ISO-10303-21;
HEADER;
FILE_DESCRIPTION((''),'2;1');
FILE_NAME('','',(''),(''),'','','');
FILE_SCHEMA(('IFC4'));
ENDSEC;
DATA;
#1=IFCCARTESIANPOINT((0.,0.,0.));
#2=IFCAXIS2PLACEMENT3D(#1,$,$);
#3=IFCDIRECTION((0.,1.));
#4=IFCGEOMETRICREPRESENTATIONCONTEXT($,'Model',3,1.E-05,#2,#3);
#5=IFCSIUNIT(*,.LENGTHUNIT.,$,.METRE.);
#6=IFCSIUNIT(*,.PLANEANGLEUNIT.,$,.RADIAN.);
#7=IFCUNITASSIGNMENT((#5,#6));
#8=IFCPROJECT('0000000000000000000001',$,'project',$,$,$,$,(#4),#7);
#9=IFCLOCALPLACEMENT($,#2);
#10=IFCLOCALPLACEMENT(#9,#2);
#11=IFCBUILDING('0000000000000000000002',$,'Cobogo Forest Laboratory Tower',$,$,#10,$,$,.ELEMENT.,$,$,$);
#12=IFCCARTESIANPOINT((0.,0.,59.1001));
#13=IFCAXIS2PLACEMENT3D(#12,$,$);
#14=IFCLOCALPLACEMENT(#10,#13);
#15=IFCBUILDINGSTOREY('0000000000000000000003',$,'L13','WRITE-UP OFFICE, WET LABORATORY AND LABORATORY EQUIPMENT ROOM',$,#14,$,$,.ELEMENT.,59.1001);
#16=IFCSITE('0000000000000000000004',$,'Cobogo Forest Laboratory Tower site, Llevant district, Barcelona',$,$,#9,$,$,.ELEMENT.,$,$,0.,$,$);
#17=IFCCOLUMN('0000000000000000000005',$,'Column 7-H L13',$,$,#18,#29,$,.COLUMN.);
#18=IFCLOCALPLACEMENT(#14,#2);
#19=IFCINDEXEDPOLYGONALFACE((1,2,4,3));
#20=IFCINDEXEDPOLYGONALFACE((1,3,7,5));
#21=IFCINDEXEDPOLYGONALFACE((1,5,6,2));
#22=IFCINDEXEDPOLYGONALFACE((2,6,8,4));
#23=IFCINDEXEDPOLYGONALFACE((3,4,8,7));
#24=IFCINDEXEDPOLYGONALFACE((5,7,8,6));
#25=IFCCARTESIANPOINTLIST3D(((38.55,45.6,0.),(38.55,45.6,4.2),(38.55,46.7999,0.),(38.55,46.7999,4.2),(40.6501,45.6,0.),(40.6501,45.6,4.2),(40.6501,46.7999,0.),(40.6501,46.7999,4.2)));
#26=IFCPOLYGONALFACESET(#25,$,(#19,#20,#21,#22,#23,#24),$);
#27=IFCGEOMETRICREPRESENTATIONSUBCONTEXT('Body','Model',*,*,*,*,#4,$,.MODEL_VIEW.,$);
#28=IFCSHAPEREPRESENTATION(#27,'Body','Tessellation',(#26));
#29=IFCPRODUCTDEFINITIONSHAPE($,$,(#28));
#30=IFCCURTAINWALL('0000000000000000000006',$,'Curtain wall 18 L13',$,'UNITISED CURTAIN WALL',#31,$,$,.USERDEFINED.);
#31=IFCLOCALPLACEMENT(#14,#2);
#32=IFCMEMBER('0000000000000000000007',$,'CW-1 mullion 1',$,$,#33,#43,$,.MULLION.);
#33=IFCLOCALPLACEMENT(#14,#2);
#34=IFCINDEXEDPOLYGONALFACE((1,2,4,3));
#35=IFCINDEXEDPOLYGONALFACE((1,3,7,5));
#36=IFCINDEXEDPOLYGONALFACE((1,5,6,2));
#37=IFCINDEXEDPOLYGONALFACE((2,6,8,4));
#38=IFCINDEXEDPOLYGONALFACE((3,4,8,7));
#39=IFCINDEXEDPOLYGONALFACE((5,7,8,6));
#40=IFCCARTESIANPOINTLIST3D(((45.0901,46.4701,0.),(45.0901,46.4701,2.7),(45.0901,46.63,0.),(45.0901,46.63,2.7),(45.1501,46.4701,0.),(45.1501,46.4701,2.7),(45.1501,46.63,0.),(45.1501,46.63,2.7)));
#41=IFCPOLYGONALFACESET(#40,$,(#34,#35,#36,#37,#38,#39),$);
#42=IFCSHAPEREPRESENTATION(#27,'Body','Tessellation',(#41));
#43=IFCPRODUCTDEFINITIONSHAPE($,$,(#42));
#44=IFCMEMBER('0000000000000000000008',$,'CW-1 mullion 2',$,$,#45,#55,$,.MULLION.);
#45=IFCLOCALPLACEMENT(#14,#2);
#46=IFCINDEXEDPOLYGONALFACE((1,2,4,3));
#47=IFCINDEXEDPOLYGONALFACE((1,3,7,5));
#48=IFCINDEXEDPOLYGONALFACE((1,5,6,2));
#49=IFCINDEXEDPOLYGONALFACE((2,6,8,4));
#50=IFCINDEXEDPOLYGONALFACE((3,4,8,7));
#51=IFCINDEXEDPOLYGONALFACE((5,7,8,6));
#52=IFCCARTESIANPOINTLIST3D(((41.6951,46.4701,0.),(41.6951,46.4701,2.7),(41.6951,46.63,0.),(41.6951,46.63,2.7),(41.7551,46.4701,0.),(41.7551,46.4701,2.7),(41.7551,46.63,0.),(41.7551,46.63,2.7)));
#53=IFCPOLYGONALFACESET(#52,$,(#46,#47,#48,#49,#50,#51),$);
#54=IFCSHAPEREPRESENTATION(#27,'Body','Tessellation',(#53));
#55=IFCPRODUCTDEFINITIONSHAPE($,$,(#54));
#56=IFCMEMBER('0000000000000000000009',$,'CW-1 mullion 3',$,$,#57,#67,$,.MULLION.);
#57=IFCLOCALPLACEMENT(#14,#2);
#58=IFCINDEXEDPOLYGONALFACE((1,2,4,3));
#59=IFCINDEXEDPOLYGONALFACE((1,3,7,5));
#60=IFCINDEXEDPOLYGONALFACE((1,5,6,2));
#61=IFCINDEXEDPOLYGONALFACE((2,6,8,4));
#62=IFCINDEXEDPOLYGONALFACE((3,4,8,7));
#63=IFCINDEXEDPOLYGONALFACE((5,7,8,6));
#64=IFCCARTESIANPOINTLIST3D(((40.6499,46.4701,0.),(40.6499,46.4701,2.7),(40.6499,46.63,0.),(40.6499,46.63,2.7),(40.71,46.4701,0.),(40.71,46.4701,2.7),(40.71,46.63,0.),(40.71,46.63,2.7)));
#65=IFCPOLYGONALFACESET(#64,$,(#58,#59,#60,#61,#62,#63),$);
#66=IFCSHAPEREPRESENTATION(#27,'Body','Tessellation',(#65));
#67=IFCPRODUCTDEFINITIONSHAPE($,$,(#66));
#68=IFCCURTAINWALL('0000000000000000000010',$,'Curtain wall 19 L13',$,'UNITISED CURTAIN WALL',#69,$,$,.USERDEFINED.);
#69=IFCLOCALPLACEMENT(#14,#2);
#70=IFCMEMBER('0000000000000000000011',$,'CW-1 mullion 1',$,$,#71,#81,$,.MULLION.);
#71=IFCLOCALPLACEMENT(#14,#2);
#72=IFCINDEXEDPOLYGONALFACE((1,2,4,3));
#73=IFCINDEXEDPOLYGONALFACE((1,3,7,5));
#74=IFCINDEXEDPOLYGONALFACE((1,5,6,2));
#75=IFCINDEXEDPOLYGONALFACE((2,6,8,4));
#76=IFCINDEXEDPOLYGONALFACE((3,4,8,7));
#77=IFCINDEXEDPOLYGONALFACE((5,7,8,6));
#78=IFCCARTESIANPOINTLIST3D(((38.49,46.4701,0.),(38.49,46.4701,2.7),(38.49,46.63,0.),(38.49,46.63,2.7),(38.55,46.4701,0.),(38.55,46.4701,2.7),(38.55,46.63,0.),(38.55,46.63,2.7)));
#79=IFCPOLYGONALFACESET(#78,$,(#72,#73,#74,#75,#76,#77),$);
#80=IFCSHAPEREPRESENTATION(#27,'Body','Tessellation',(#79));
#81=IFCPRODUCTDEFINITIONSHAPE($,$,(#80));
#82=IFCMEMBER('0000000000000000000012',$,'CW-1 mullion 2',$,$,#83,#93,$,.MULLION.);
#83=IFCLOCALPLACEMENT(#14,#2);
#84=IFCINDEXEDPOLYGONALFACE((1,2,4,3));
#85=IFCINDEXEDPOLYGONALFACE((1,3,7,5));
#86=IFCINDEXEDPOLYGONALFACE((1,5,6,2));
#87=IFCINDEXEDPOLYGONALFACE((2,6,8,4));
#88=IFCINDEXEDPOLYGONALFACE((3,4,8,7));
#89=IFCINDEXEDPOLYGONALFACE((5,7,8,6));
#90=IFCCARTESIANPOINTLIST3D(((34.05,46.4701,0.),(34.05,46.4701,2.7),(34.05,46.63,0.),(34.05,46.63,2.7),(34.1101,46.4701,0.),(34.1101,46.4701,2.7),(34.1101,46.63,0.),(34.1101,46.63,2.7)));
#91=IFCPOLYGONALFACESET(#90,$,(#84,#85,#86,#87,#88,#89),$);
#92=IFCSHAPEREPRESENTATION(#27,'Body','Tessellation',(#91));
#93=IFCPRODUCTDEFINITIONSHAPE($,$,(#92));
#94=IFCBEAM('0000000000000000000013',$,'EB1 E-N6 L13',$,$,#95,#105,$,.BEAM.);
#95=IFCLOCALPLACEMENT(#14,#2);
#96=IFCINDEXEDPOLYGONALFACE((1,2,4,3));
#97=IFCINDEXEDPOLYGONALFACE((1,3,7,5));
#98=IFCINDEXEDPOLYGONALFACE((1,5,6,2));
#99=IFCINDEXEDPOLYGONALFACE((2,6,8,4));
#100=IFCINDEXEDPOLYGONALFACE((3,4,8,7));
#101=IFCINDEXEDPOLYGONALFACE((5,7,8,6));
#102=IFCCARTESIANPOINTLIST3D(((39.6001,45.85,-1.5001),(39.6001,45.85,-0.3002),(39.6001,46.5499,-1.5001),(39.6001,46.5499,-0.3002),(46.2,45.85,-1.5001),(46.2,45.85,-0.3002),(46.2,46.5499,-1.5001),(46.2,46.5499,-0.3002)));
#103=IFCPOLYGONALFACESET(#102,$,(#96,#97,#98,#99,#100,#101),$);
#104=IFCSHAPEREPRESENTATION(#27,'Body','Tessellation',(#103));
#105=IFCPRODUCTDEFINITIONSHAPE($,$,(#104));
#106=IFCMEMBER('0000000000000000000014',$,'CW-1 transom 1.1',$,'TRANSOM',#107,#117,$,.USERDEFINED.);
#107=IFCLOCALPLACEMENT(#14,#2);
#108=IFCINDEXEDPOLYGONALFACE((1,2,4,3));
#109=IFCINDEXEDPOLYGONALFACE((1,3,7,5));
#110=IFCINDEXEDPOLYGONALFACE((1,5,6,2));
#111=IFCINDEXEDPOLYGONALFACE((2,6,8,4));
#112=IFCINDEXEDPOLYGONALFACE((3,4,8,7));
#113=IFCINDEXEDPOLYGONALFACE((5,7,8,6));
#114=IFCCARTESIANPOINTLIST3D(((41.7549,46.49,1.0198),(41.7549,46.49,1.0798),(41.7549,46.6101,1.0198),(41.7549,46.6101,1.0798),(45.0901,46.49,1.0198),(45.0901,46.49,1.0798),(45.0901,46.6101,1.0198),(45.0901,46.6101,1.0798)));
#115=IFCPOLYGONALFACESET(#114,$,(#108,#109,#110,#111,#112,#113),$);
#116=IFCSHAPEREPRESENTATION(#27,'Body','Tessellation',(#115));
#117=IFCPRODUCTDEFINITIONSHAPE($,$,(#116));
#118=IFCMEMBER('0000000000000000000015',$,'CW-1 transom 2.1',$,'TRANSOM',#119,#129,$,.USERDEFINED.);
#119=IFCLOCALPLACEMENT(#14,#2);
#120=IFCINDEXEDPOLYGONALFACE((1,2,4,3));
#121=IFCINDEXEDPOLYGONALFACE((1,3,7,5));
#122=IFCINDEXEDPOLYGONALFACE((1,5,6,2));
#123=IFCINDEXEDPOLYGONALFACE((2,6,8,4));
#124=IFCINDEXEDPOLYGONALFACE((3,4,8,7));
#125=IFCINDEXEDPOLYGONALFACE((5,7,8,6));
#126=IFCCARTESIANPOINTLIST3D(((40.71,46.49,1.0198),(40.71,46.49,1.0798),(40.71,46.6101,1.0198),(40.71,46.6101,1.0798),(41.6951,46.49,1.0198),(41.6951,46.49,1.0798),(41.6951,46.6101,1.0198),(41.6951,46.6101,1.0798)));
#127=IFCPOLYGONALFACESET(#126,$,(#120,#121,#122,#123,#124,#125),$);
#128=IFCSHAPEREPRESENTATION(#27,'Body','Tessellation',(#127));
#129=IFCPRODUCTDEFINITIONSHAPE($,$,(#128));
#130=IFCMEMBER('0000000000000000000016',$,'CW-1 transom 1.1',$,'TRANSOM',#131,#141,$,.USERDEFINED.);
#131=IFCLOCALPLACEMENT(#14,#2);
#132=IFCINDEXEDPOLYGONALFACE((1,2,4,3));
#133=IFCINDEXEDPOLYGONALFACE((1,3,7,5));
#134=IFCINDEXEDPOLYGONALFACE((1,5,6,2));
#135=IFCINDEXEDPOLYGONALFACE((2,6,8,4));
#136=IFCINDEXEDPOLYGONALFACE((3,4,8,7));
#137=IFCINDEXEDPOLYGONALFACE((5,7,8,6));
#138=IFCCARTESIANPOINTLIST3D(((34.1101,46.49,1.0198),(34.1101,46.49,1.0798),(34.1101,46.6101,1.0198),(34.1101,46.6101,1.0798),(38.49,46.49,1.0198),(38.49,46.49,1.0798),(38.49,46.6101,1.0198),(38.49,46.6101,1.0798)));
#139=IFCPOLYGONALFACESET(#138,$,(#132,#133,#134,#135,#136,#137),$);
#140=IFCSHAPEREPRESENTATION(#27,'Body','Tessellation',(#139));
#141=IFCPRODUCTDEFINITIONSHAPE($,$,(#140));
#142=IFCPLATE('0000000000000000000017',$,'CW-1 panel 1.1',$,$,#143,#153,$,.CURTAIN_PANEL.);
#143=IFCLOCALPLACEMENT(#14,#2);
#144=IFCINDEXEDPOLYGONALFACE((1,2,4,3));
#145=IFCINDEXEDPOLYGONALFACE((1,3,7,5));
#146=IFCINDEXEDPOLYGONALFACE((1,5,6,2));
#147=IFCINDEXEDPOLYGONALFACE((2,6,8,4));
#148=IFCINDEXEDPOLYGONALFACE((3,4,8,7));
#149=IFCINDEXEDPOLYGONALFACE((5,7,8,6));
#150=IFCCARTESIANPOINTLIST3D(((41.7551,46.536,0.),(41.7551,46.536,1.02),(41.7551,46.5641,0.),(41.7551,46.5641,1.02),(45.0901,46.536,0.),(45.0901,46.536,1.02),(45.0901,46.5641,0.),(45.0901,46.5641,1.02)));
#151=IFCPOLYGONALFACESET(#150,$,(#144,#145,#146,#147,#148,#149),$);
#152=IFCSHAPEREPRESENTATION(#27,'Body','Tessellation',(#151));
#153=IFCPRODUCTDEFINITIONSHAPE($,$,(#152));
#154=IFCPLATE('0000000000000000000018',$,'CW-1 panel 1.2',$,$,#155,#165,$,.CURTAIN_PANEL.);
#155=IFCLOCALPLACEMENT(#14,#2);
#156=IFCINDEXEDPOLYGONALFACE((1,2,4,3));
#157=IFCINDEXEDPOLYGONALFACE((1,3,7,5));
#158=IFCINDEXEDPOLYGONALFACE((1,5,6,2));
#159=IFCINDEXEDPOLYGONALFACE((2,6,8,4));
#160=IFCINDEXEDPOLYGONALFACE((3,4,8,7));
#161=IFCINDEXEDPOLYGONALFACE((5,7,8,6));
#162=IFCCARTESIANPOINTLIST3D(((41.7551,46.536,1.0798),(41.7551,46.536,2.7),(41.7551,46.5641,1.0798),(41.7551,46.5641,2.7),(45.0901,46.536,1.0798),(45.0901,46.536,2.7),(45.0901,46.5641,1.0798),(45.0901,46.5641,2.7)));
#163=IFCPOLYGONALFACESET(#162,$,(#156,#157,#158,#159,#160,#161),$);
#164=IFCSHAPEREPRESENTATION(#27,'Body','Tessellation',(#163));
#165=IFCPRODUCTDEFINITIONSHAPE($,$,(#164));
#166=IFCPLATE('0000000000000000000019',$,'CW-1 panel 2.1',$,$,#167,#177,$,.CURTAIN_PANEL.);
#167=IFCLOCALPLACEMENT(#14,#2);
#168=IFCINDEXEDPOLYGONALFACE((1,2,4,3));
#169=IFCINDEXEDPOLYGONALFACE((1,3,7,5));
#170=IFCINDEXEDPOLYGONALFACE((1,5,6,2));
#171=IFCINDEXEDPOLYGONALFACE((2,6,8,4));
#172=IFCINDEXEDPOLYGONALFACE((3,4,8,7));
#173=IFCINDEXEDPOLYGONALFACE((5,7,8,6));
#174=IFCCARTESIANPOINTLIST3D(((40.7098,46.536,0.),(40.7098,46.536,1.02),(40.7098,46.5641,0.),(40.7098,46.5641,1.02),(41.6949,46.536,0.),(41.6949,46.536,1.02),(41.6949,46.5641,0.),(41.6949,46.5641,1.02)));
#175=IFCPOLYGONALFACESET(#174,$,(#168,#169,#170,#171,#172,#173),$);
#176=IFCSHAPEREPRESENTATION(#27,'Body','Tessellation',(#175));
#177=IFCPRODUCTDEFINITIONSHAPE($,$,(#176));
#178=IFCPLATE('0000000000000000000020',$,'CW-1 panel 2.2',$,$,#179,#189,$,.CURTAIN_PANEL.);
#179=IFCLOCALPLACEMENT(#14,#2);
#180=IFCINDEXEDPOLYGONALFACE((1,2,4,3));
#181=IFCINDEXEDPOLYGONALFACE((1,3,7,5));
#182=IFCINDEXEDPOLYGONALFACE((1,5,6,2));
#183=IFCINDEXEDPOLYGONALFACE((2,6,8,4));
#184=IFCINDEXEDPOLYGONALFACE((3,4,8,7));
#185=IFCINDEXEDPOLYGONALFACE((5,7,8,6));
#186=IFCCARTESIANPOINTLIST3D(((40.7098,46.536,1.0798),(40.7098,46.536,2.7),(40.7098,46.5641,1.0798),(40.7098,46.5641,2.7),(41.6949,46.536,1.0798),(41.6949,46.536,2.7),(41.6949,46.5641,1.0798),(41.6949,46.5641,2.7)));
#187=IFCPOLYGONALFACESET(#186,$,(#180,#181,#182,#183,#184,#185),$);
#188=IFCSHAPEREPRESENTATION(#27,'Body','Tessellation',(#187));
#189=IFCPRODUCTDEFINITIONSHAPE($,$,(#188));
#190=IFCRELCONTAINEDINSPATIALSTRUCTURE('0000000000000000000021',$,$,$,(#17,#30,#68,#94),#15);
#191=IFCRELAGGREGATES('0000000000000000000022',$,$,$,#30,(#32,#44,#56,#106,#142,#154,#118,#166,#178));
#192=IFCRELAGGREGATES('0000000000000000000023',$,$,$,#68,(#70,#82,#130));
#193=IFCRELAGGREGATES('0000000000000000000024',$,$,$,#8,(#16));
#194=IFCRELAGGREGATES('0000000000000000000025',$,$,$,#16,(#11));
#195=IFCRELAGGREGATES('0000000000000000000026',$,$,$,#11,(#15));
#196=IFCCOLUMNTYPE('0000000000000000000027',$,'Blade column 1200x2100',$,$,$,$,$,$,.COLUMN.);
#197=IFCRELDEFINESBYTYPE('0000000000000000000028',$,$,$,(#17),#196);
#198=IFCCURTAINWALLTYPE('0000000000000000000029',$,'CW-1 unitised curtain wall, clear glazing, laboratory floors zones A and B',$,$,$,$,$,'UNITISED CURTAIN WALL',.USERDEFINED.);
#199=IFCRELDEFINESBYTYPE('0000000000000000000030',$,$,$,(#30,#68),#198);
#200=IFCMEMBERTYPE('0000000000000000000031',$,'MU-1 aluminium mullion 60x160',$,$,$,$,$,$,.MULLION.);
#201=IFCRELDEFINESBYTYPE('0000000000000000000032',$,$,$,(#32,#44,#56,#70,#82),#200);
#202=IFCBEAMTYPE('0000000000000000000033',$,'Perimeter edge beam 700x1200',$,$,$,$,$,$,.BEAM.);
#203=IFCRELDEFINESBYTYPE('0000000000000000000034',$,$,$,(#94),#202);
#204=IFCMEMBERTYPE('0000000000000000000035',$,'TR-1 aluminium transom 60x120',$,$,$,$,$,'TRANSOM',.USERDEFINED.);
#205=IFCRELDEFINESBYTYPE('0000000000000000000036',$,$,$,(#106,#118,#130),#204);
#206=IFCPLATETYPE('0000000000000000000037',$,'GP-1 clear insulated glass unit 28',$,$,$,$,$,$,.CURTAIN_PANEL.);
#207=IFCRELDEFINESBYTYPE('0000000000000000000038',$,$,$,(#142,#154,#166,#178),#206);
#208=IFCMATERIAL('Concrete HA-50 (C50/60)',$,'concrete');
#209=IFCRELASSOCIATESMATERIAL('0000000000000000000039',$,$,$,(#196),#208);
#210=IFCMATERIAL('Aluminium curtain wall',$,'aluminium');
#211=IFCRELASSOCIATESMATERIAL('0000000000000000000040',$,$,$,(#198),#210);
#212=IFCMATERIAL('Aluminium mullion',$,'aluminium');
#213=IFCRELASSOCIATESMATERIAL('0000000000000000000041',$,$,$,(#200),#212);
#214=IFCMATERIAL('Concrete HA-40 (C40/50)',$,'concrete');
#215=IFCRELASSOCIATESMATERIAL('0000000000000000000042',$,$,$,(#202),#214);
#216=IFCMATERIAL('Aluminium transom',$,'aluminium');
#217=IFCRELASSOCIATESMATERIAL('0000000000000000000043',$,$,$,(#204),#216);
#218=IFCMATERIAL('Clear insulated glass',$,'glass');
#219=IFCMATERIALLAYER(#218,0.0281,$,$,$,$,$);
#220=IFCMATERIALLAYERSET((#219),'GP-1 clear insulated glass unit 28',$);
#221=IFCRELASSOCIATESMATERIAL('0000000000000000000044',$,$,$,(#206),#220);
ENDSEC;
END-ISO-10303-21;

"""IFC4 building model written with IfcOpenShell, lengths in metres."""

from ifc_helpers import new_model, si_unit, direction, frame, origin, origin_2d, place, context, subcontext, project, spatial, rectangle, extrude, material, layer, layer_set, material_profile, profile_set, type_object, element, aggregate, save


model = new_model("IFC4")

# Units and contexts
model_context = context("Model", 3, precision=1e-05, world=origin(), true_north=direction((0.0, 1.0)))
body_context = subcontext(model_context, "Body", "Model", "MODEL_VIEW")
ifc_project = project(units=[si_unit("LENGTHUNIT", "METRE"), si_unit("PLANEANGLEUNIT", "RADIAN")], contexts=[model_context])

# Site, building, storey
site_placement = place(None, origin())
site = spatial("IfcSite", under=ifc_project, at=site_placement, Name="Cobogo Forest Laboratory Tower site, Llevant district, Barcelona", CompositionType="ELEMENT", RefElevation=0.0)
building_placement = place(site_placement, origin())
building = spatial("IfcBuilding", under=site, at=building_placement, Name="Cobogo Forest Laboratory Tower", CompositionType="ELEMENT")
storey_placement = place(building_placement, frame((0.0, 0.0, 59.1001)))
storey = spatial("IfcBuildingStorey", under=building, at=storey_placement, Name="L13", Description="WRITE-UP OFFICE, WET LABORATORY AND LABORATORY EQUIPMENT ROOM", CompositionType="ELEMENT", Elevation=59.1001)

# Column
ifc_material_1 = material(Name="Concrete HA-50 (C50/60)", Category="concrete")
ifc_material_profile_1 = material_profile(ifc_material_1, rectangle(XDim=2.1001, YDim=1.2, at=origin_2d()), Name="RC 1200x2100")
ifc_profile_set_1 = profile_set([ifc_material_profile_1], Name="Concrete HA-50 (C50/60)")
column_type = type_object("IfcColumnType", Name="Blade column 1200x2100", PredefinedType="COLUMN", material=ifc_profile_set_1)
column_placement = place(storey_placement, frame((39.6001, 46.2, 0.0), z_axis=(0.0, 0.0, 1.0), x_axis=(1.0, 0.0, 0.0)))
element("IfcColumn", 1, at=column_placement, inside=storey, type_object=column_type, Name="Column 7-H L13", PredefinedType="COLUMN", context=body_context, shape_type="SweptSolid", body=[
    extrude(rectangle(XDim=2.1001, YDim=1.2, at=origin_2d()), origin(), (0.0, 0.0, 1.0), 4.2),
])

# Curtain walls, members
ifc_material_2 = material(Name="Aluminium curtain wall", Category="aluminium")
curtain_wall_type = type_object("IfcCurtainWallType", Name="CW-1 unitised curtain wall, clear glazing, laboratory floors zones A and B", ElementType="UNITISED CURTAIN WALL", PredefinedType="USERDEFINED", material=ifc_material_2)
curtain_wall_1_placement = place(storey_placement, origin())
curtain_wall_1 = element("IfcCurtainWall", 2, at=curtain_wall_1_placement, inside=storey, type_object=curtain_wall_type, Name="Curtain wall 18 L13", ObjectType="UNITISED CURTAIN WALL", PredefinedType="USERDEFINED")
ifc_material_3 = material(Name="Aluminium mullion", Category="aluminium")
ifc_material_profile_2 = material_profile(ifc_material_3, rectangle(XDim=0.0601, YDim=0.1599, at=origin_2d()), Name="AL 60x160")
ifc_profile_set_2 = profile_set([ifc_material_profile_2], Name="Aluminium mullion")
member_type_1 = type_object("IfcMemberType", Name="MU-1 aluminium mullion 60x160", PredefinedType="MULLION", material=ifc_profile_set_2)
member_1_placement = place(storey_placement, frame((45.1201, 46.55, 0.0), z_axis=(0.0, 0.0, 1.0), x_axis=(-1.0, 0.0, 0.0)))
member_1 = element("IfcMember", 3, at=member_1_placement, type_object=member_type_1, Name="CW-1 mullion 1", PredefinedType="MULLION", context=body_context, shape_type="SweptSolid", body=[
    extrude(rectangle(XDim=0.0601, YDim=0.1599, at=origin_2d()), origin(), (0.0, 0.0, 1.0), 2.7),
])
member_2_placement = place(storey_placement, frame((41.7251, 46.55, 0.0), z_axis=(0.0, 0.0, 1.0), x_axis=(-1.0, 0.0, 0.0)))
member_2 = element("IfcMember", 4, at=member_2_placement, type_object=member_type_1, Name="CW-1 mullion 2", PredefinedType="MULLION", context=body_context, shape_type="SweptSolid", body=[
    extrude(rectangle(XDim=0.0601, YDim=0.1599, at=origin_2d()), origin(), (0.0, 0.0, 1.0), 2.7),
])
member_3_placement = place(storey_placement, frame((40.6799, 46.55, 0.0), z_axis=(0.0, 0.0, 1.0), x_axis=(-1.0, 0.0, 0.0)))
member_3 = element("IfcMember", 5, at=member_3_placement, type_object=member_type_1, Name="CW-1 mullion 3", PredefinedType="MULLION", context=body_context, shape_type="SweptSolid", body=[
    extrude(rectangle(XDim=0.0601, YDim=0.1599, at=origin_2d()), origin(), (0.0, 0.0, 1.0), 2.7),
])
curtain_wall_2_placement = place(storey_placement, origin())
curtain_wall_2 = element("IfcCurtainWall", 6, at=curtain_wall_2_placement, inside=storey, type_object=curtain_wall_type, Name="Curtain wall 19 L13", ObjectType="UNITISED CURTAIN WALL", PredefinedType="USERDEFINED")
member_4_placement = place(storey_placement, frame((38.52, 46.55, 0.0), z_axis=(0.0, 0.0, 1.0), x_axis=(-1.0, 0.0, 0.0)))
member_4 = element("IfcMember", 7, at=member_4_placement, type_object=member_type_1, Name="CW-1 mullion 1", PredefinedType="MULLION", context=body_context, shape_type="SweptSolid", body=[
    extrude(rectangle(XDim=0.0601, YDim=0.1599, at=origin_2d()), origin(), (0.0, 0.0, 1.0), 2.7),
])
member_5_placement = place(storey_placement, frame((34.0801, 46.55, 0.0), z_axis=(0.0, 0.0, 1.0), x_axis=(-1.0, 0.0, 0.0)))
member_5 = element("IfcMember", 8, at=member_5_placement, type_object=member_type_1, Name="CW-1 mullion 2", PredefinedType="MULLION", context=body_context, shape_type="SweptSolid", body=[
    extrude(rectangle(XDim=0.0601, YDim=0.1599, at=origin_2d()), origin(), (0.0, 0.0, 1.0), 2.7),
])

# Beam
ifc_material_4 = material(Name="Concrete HA-40 (C40/50)", Category="concrete")
ifc_material_profile_3 = material_profile(ifc_material_4, rectangle(XDim=0.7, YDim=1.2, at=origin_2d()), Name="RC 700x1200")
ifc_profile_set_3 = profile_set([ifc_material_profile_3], Name="Concrete HA-40 (C40/50)")
beam_type = type_object("IfcBeamType", Name="Perimeter edge beam 700x1200", PredefinedType="BEAM", material=ifc_profile_set_3)
beam_placement = place(storey_placement, frame((39.6001, 46.2, -0.9001), z_axis=(1.0, 0.0, 0.0), x_axis=(0.0, 1.0, 0.0)))
element("IfcBeam", 9, at=beam_placement, inside=storey, type_object=beam_type, Name="EB1 E-N6 L13", PredefinedType="BEAM", context=body_context, shape_type="SweptSolid", body=[
    extrude(rectangle(XDim=0.7, YDim=1.2, at=origin_2d()), origin(), (0.0, 0.0, 1.0), 6.5999),
])

# Members
ifc_material_5 = material(Name="Aluminium transom", Category="aluminium")
ifc_material_profile_4 = material_profile(ifc_material_5, rectangle(XDim=0.1201, YDim=0.0601, at=origin_2d()), Name="AL 60x120")
ifc_profile_set_4 = profile_set([ifc_material_profile_4], Name="Aluminium transom")
member_type_2 = type_object("IfcMemberType", Name="TR-1 aluminium transom 60x120", ElementType="TRANSOM", PredefinedType="USERDEFINED", material=ifc_profile_set_4)
member_6_placement = place(storey_placement, frame((45.0901, 46.55, 1.0498), z_axis=(-1.0, 0.0, 0.0), x_axis=(0.0, -1.0, 0.0)))
member_6 = element("IfcMember", 10, at=member_6_placement, type_object=member_type_2, Name="CW-1 transom 1.1", ObjectType="TRANSOM", PredefinedType="USERDEFINED", context=body_context, shape_type="SweptSolid", body=[
    extrude(rectangle(XDim=0.1201, YDim=0.0601, at=origin_2d()), origin(), (0.0, 0.0, 1.0), 3.3352),
])
member_7_placement = place(storey_placement, frame((41.6951, 46.55, 1.0498), z_axis=(-1.0, 0.0, 0.0), x_axis=(0.0, -1.0, 0.0)))
member_7 = element("IfcMember", 11, at=member_7_placement, type_object=member_type_2, Name="CW-1 transom 2.1", ObjectType="TRANSOM", PredefinedType="USERDEFINED", context=body_context, shape_type="SweptSolid", body=[
    extrude(rectangle(XDim=0.1201, YDim=0.0601, at=origin_2d()), origin(), (0.0, 0.0, 1.0), 0.9851),
])
member_8_placement = place(storey_placement, frame((38.49, 46.55, 1.0498), z_axis=(-1.0, 0.0, 0.0), x_axis=(0.0, -1.0, 0.0)))
member_8 = element("IfcMember", 12, at=member_8_placement, type_object=member_type_2, Name="CW-1 transom 1.1", ObjectType="TRANSOM", PredefinedType="USERDEFINED", context=body_context, shape_type="SweptSolid", body=[
    extrude(rectangle(XDim=0.1201, YDim=0.0601, at=origin_2d()), origin(), (0.0, 0.0, 1.0), 4.3799),
])

# Plates
ifc_material_6 = material(Name="Clear insulated glass", Category="glass")
ifc_layer_1 = layer(ifc_material_6, 0.0281)
ifc_layer_set_1 = layer_set([ifc_layer_1], Name="GP-1 clear insulated glass unit 28")
plate_type_1 = type_object("IfcPlateType", Name="GP-1 clear insulated glass unit 28", PredefinedType="CURTAIN_PANEL", material=ifc_layer_set_1)
plate_1_placement = place(storey_placement, frame((43.4226, 46.55, 0.0), z_axis=(0.0, 0.0, 1.0), x_axis=(-1.0, 0.0, 0.0)))
plate_1 = element("IfcPlate", 13, at=plate_1_placement, type_object=plate_type_1, Name="CW-1 panel 1.1", PredefinedType="CURTAIN_PANEL", context=body_context, shape_type="SweptSolid", body=[
    extrude(rectangle(XDim=3.335, YDim=0.0281, at=origin_2d()), origin(), (0.0, 0.0, 1.0), 1.02),
])
plate_2_placement = place(storey_placement, frame((43.4226, 46.55, 1.0798), z_axis=(0.0, 0.0, 1.0), x_axis=(-1.0, 0.0, 0.0)))
plate_2 = element("IfcPlate", 14, at=plate_2_placement, type_object=plate_type_1, Name="CW-1 panel 1.2", PredefinedType="CURTAIN_PANEL", context=body_context, shape_type="SweptSolid", body=[
    extrude(rectangle(XDim=3.335, YDim=0.0281, at=origin_2d()), origin(), (0.0, 0.0, 1.0), 1.6201),
])
plate_3_placement = place(storey_placement, frame((41.2024, 46.55, 0.0), z_axis=(0.0, 0.0, 1.0), x_axis=(-1.0, 0.0, 0.0)))
plate_3 = element("IfcPlate", 15, at=plate_3_placement, type_object=plate_type_1, Name="CW-1 panel 2.1", PredefinedType="CURTAIN_PANEL", context=body_context, shape_type="SweptSolid", body=[
    extrude(rectangle(XDim=0.9851, YDim=0.0281, at=origin_2d()), origin(), (0.0, 0.0, 1.0), 1.02),
])
plate_4_placement = place(storey_placement, frame((41.2024, 46.55, 1.0798), z_axis=(0.0, 0.0, 1.0), x_axis=(-1.0, 0.0, 0.0)))
plate_4 = element("IfcPlate", 16, at=plate_4_placement, type_object=plate_type_1, Name="CW-1 panel 2.2", PredefinedType="CURTAIN_PANEL", context=body_context, shape_type="SweptSolid", body=[
    extrude(rectangle(XDim=0.9851, YDim=0.0281, at=origin_2d()), origin(), (0.0, 0.0, 1.0), 1.6201),
])
aggregate(curtain_wall_1, [member_1, member_2, member_3, member_6, plate_1, plate_2, member_7, plate_3, plate_4])
aggregate(curtain_wall_2, [member_4, member_5, member_8])

save(model, "model.ifc")
